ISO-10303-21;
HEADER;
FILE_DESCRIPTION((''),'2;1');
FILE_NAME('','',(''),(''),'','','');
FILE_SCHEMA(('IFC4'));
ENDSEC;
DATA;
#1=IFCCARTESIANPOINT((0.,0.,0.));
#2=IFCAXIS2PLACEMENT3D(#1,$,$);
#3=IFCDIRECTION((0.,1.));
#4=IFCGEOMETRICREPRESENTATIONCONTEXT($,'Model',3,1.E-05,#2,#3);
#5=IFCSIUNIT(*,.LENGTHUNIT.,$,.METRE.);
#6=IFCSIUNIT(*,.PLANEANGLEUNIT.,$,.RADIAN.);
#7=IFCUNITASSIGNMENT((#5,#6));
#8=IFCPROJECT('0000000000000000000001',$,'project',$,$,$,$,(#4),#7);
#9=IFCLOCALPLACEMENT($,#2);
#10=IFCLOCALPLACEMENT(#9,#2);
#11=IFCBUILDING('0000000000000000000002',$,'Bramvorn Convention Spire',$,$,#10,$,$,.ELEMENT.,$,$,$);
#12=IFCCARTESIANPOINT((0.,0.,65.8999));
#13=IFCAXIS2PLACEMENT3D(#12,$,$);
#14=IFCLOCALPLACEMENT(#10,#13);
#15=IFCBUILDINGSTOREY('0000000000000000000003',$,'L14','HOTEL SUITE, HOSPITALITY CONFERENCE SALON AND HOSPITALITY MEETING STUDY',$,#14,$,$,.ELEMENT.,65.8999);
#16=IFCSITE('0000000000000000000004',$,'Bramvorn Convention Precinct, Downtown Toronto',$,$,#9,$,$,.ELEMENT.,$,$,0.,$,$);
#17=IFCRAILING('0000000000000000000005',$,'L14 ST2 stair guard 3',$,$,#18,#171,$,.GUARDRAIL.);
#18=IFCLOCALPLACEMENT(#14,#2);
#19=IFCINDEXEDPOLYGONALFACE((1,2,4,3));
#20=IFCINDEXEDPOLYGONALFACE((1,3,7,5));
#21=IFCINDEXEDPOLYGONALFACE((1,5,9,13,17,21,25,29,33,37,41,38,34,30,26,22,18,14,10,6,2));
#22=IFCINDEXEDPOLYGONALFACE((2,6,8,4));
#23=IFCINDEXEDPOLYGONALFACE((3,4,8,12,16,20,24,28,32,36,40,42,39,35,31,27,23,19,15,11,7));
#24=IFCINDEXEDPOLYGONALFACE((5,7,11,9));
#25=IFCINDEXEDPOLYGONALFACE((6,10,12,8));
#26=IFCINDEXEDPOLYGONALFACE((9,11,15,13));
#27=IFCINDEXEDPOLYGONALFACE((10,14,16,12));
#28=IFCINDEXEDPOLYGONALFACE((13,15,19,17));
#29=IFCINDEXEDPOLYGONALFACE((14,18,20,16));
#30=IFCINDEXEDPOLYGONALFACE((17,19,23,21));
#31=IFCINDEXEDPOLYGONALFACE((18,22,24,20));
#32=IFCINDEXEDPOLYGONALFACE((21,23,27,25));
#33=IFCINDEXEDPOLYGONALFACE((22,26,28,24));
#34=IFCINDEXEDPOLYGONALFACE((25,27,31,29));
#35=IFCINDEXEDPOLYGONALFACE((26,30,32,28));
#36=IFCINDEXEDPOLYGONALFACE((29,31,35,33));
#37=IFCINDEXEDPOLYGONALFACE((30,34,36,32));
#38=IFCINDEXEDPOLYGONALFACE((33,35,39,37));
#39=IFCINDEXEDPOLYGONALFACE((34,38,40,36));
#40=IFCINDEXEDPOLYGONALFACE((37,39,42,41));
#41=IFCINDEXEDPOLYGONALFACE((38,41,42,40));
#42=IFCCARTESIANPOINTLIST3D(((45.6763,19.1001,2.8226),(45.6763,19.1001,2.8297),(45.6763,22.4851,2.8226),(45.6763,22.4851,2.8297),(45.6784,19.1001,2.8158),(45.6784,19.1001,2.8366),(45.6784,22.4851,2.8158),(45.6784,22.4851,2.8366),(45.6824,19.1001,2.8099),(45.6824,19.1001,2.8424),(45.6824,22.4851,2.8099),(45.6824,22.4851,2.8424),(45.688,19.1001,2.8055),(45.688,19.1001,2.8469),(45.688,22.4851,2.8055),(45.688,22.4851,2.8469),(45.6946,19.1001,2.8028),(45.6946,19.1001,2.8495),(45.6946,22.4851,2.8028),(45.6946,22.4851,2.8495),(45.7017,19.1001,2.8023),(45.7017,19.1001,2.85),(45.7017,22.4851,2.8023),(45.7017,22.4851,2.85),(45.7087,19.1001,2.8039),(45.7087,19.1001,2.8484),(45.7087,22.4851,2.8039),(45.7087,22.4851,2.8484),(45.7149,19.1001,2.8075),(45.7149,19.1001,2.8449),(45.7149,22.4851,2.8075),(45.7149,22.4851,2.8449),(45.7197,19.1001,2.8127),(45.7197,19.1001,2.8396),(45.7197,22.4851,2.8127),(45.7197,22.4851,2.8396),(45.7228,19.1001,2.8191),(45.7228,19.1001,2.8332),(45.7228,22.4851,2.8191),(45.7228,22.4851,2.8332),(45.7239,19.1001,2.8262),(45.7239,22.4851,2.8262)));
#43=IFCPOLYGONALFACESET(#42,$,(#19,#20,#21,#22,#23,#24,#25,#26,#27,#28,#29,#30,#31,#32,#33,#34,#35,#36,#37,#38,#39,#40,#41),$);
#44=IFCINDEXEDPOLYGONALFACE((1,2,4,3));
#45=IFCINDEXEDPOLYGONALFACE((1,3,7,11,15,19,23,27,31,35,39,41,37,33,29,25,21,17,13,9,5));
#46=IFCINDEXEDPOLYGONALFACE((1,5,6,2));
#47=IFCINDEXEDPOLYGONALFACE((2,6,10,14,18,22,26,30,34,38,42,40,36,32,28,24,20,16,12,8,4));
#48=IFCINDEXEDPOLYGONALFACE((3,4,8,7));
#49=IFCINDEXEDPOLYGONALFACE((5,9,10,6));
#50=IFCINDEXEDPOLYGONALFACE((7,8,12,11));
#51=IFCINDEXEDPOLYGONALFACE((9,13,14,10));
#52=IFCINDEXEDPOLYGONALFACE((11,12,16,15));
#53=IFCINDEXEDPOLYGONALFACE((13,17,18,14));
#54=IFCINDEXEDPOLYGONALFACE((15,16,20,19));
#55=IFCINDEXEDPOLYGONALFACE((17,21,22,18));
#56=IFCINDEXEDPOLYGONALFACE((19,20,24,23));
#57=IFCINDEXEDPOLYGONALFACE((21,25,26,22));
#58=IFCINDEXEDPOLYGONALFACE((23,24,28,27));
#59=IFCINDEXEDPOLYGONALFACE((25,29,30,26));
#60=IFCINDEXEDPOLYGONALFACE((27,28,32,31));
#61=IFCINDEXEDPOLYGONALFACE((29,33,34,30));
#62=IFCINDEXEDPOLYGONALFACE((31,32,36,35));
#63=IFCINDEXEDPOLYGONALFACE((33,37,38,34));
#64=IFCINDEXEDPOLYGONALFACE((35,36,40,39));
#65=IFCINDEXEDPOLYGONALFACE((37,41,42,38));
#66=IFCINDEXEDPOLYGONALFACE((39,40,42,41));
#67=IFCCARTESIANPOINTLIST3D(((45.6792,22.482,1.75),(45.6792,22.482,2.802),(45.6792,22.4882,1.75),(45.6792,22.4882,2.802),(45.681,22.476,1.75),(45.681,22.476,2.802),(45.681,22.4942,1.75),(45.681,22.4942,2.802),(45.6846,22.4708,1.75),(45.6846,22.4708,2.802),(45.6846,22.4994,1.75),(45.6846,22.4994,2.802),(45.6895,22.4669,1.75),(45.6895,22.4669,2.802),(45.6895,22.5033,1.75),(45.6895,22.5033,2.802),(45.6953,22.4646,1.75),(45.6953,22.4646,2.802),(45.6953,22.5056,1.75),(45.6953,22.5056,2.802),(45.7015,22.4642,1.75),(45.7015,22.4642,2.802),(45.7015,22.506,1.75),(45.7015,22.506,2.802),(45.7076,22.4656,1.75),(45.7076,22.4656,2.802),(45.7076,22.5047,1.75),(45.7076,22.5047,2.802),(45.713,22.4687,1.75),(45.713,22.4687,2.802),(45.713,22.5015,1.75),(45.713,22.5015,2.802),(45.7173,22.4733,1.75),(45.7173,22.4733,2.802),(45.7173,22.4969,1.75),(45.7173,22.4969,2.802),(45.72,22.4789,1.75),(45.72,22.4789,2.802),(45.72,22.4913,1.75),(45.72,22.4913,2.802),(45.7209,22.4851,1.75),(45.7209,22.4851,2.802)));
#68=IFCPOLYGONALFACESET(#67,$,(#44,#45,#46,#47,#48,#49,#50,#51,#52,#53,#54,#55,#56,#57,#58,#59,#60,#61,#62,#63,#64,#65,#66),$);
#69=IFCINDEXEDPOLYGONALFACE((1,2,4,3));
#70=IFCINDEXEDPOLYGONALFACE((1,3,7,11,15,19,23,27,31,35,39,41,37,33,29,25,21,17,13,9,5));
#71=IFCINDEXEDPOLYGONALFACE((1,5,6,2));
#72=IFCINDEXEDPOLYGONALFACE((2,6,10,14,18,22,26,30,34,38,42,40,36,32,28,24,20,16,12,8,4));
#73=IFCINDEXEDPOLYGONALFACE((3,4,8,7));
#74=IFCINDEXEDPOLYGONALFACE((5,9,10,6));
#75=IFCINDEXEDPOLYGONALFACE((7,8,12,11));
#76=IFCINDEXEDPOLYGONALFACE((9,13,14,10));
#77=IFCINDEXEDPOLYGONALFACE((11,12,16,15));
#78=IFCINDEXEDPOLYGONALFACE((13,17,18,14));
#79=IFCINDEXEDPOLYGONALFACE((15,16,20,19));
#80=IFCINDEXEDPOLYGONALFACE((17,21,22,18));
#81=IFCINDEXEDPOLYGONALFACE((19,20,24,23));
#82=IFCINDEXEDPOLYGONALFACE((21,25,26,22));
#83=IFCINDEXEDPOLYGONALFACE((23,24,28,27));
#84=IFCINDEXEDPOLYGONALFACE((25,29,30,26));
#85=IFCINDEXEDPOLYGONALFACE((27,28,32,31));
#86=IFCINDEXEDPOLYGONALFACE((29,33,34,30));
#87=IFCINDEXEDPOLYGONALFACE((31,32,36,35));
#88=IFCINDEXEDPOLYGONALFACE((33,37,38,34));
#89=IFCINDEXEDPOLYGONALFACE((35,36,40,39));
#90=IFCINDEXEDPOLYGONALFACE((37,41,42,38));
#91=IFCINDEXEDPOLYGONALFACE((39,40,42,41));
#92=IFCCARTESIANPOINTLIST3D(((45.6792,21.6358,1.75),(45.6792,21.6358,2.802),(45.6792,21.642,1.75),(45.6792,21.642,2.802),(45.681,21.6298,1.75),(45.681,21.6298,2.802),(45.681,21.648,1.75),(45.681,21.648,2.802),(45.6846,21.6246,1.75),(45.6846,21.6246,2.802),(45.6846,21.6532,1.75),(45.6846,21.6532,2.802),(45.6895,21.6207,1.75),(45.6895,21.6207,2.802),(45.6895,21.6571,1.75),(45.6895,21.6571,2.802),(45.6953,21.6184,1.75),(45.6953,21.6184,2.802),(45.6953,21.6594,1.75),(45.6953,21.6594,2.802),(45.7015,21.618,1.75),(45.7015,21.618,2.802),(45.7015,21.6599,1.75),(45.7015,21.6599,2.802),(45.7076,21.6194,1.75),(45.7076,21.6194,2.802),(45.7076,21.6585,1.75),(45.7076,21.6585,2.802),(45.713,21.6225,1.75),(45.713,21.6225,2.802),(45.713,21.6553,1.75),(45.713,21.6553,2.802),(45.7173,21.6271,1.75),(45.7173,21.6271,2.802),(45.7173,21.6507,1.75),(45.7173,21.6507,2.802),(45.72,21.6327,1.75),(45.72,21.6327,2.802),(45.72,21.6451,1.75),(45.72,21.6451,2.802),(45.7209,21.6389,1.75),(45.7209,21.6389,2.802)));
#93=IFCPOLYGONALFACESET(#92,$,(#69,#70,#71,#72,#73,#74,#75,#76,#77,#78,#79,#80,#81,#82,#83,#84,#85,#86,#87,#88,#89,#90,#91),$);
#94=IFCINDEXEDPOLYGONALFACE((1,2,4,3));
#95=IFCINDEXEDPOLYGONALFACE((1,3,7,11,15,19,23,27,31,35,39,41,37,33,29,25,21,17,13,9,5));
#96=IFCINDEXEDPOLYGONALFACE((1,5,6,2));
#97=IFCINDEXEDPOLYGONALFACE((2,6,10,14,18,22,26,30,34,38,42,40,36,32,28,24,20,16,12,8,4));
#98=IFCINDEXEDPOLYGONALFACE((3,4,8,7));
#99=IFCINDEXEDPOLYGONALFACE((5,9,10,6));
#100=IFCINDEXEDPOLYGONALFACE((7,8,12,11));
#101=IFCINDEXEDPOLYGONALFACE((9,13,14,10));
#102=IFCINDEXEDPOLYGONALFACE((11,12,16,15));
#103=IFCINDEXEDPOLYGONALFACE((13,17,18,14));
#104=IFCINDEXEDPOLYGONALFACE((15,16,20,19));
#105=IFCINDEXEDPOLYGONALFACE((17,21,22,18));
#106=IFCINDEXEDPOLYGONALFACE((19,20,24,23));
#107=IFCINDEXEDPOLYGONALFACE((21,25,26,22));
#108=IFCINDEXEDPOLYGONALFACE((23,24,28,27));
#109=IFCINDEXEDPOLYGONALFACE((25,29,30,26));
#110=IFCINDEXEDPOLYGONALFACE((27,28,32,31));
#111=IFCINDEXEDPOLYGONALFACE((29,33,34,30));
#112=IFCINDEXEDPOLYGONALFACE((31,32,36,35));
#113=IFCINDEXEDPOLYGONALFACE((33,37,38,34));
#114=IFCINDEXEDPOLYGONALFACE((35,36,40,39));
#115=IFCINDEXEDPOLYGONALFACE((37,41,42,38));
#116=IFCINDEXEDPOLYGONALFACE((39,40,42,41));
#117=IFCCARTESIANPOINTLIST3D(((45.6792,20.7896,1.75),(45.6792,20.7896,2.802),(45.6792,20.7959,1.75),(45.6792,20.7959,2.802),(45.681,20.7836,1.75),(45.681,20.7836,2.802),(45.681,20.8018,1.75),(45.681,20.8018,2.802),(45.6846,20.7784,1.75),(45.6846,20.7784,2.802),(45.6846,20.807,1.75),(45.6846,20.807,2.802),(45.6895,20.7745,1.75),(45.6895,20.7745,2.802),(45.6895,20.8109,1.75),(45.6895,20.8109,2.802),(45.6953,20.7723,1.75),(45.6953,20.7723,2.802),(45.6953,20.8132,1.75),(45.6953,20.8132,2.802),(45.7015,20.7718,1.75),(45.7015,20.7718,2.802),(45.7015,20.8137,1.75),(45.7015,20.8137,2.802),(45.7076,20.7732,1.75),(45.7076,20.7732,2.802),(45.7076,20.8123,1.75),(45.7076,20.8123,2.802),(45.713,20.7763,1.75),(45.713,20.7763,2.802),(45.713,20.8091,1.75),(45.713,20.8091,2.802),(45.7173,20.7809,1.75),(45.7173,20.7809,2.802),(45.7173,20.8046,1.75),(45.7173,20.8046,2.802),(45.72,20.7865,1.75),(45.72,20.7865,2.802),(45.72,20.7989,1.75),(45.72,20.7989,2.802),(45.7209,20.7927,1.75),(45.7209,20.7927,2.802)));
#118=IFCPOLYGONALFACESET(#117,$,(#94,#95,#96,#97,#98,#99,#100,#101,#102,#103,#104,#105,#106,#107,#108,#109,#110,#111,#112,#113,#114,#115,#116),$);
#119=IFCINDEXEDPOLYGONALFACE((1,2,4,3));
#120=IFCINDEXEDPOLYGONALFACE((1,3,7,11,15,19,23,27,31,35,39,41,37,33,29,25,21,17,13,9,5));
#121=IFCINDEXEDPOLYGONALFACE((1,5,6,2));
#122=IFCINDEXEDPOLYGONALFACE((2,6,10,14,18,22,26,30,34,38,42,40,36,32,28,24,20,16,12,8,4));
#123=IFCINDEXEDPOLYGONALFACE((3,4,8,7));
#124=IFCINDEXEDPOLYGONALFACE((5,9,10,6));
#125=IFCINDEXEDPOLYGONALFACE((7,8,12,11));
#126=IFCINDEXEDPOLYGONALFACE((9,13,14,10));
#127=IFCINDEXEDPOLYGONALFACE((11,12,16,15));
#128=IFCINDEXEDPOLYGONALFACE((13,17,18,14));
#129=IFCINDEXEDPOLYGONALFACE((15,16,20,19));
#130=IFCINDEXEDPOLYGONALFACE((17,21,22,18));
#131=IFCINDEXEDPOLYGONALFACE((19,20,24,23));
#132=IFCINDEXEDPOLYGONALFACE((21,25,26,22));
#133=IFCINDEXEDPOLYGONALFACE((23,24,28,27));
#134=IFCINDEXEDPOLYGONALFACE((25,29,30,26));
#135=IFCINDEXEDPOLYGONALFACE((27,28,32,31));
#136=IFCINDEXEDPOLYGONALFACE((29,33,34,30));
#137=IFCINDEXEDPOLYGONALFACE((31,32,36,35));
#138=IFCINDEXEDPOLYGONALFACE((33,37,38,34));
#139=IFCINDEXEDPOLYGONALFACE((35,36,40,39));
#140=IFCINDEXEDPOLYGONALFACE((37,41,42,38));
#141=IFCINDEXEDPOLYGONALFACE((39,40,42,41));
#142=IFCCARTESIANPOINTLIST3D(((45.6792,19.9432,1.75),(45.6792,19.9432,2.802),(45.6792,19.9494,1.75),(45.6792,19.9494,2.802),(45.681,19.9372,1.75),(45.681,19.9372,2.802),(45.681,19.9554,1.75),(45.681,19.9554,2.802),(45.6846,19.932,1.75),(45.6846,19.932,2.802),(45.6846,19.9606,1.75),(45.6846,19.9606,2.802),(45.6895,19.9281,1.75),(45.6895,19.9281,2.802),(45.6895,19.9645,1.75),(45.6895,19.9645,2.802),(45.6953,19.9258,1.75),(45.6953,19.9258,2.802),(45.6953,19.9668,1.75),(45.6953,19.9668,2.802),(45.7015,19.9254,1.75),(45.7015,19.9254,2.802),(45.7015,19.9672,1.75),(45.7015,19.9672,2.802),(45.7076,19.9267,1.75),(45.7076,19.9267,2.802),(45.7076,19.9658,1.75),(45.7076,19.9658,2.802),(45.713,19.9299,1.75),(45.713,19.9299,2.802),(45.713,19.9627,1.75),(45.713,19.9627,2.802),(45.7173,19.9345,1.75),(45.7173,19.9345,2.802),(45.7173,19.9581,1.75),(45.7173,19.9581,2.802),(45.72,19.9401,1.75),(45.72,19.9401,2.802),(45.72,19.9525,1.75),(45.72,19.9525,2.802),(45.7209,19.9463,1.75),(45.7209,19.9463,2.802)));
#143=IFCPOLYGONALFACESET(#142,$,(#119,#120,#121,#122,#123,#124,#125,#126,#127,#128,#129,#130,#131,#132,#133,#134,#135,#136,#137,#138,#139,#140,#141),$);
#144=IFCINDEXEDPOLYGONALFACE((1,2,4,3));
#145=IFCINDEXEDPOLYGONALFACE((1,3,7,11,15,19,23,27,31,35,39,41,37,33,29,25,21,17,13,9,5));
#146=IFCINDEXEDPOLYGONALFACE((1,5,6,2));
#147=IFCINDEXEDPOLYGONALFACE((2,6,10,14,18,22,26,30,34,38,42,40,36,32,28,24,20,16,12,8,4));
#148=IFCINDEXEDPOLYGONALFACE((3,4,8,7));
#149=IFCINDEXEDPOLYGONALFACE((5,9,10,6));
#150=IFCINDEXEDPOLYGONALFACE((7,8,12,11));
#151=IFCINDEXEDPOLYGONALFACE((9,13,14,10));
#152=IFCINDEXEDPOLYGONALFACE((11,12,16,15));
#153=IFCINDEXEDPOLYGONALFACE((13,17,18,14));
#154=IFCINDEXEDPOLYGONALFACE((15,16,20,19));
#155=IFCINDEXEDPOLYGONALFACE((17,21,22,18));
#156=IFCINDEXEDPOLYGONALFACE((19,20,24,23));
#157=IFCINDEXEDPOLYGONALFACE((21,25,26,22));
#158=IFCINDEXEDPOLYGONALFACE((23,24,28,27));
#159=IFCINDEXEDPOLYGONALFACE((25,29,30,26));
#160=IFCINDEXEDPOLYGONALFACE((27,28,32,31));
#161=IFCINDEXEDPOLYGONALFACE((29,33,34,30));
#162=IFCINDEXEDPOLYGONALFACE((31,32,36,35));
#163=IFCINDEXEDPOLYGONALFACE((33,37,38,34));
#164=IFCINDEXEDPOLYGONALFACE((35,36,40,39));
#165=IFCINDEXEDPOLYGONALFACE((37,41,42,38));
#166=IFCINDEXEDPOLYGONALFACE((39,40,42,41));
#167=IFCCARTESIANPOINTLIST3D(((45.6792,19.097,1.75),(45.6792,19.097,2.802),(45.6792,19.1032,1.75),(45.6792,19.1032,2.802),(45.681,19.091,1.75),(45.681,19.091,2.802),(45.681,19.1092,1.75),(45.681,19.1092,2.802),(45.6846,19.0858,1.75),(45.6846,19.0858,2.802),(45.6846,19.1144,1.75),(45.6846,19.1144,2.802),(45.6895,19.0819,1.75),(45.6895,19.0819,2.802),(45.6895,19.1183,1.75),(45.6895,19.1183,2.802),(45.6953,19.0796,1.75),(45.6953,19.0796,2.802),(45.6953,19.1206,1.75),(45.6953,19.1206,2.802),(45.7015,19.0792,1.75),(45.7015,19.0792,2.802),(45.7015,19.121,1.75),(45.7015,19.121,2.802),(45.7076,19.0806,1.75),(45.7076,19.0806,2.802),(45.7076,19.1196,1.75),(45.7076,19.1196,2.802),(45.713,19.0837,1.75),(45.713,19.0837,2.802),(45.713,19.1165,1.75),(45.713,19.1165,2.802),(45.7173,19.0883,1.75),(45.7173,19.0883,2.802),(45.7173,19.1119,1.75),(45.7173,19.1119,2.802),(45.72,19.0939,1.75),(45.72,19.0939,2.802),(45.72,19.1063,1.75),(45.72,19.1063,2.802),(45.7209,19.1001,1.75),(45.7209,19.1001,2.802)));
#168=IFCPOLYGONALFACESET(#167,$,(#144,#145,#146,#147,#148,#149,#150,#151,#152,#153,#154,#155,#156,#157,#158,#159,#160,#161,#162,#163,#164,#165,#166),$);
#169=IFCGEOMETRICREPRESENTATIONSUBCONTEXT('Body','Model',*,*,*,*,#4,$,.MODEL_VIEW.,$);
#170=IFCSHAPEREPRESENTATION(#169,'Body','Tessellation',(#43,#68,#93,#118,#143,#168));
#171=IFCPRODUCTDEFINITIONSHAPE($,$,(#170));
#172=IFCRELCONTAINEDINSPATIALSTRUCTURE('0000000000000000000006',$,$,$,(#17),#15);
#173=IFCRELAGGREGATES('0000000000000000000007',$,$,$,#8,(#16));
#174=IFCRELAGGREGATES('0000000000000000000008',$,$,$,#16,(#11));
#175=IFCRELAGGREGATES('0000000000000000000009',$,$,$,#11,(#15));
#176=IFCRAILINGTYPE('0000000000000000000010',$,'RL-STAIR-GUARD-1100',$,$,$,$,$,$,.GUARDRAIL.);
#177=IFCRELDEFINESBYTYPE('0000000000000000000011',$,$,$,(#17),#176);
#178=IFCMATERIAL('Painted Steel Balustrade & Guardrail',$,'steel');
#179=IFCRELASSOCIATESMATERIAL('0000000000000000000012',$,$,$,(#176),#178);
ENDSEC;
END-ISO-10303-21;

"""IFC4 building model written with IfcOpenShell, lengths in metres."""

from ifc_helpers import new_model, si_unit, direction, frame, origin, origin_2d, place, context, subcontext, project, spatial, circle, extrude, material, type_object, element, save


model = new_model("IFC4")

# Units and contexts
model_context = context("Model", 3, precision=1e-05, world=origin(), true_north=direction((0.0, 1.0)))
body_context = subcontext(model_context, "Body", "Model", "MODEL_VIEW")
ifc_project = project(units=[si_unit("LENGTHUNIT", "METRE"), si_unit("PLANEANGLEUNIT", "RADIAN")], contexts=[model_context])

# Site, building, storey
site_placement = place(None, origin())
site = spatial("IfcSite", under=ifc_project, at=site_placement, Name="Bramvorn Convention Precinct, Downtown Toronto", CompositionType="ELEMENT", RefElevation=0.0)
building_placement = place(site_placement, origin())
building = spatial("IfcBuilding", under=site, at=building_placement, Name="Bramvorn Convention Spire", CompositionType="ELEMENT")
storey_placement = place(building_placement, frame((0.0, 0.0, 65.8999)))
storey = spatial("IfcBuildingStorey", under=building, at=storey_placement, Name="L14", Description="HOTEL SUITE, HOSPITALITY CONFERENCE SALON AND HOSPITALITY MEETING STUDY", CompositionType="ELEMENT", Elevation=65.8999)

# Railing
ifc_material_1 = material(Name="Painted Steel Balustrade & Guardrail", Category="steel")
railing_type_1 = type_object("IfcRailingType", Name="RL-STAIR-GUARD-1100", PredefinedType="GUARDRAIL", material=ifc_material_1)
railing_1_placement = place(storey_placement, frame((45.7, 22.4851, 1.75)))
element("IfcRailing", 1, at=railing_1_placement, inside=storey, type_object=railing_type_1, Name="L14 ST2 stair guard 3", PredefinedType="GUARDRAIL", context=body_context, shape_type="SweptSolid", body=[
    extrude(circle(Radius=0.0239, at=origin_2d()), frame((0.0, 0.0, 1.0762), z_axis=(0.0, -1.0, 0.0), x_axis=(1.0, 0.0, 0.0)), (0.0, 0.0, 1.0), 3.385),
    extrude(circle(Radius=0.021, at=origin_2d()), origin(), (0.0, 0.0, 1.0), 1.052),
    extrude(circle(Radius=0.021, at=origin_2d()), frame((0.0, -0.8462, 0.0)), (0.0, 0.0, 1.0), 1.052),
    extrude(circle(Radius=0.021, at=origin_2d()), frame((0.0, -1.6924, 0.0)), (0.0, 0.0, 1.0), 1.052),
    extrude(circle(Radius=0.021, at=origin_2d()), frame((0.0, -2.5388, 0.0)), (0.0, 0.0, 1.0), 1.052),
    extrude(circle(Radius=0.021, at=origin_2d()), frame((0.0, -3.385, 0.0)), (0.0, 0.0, 1.0), 1.052),
])

save(model, "model.ifc")
